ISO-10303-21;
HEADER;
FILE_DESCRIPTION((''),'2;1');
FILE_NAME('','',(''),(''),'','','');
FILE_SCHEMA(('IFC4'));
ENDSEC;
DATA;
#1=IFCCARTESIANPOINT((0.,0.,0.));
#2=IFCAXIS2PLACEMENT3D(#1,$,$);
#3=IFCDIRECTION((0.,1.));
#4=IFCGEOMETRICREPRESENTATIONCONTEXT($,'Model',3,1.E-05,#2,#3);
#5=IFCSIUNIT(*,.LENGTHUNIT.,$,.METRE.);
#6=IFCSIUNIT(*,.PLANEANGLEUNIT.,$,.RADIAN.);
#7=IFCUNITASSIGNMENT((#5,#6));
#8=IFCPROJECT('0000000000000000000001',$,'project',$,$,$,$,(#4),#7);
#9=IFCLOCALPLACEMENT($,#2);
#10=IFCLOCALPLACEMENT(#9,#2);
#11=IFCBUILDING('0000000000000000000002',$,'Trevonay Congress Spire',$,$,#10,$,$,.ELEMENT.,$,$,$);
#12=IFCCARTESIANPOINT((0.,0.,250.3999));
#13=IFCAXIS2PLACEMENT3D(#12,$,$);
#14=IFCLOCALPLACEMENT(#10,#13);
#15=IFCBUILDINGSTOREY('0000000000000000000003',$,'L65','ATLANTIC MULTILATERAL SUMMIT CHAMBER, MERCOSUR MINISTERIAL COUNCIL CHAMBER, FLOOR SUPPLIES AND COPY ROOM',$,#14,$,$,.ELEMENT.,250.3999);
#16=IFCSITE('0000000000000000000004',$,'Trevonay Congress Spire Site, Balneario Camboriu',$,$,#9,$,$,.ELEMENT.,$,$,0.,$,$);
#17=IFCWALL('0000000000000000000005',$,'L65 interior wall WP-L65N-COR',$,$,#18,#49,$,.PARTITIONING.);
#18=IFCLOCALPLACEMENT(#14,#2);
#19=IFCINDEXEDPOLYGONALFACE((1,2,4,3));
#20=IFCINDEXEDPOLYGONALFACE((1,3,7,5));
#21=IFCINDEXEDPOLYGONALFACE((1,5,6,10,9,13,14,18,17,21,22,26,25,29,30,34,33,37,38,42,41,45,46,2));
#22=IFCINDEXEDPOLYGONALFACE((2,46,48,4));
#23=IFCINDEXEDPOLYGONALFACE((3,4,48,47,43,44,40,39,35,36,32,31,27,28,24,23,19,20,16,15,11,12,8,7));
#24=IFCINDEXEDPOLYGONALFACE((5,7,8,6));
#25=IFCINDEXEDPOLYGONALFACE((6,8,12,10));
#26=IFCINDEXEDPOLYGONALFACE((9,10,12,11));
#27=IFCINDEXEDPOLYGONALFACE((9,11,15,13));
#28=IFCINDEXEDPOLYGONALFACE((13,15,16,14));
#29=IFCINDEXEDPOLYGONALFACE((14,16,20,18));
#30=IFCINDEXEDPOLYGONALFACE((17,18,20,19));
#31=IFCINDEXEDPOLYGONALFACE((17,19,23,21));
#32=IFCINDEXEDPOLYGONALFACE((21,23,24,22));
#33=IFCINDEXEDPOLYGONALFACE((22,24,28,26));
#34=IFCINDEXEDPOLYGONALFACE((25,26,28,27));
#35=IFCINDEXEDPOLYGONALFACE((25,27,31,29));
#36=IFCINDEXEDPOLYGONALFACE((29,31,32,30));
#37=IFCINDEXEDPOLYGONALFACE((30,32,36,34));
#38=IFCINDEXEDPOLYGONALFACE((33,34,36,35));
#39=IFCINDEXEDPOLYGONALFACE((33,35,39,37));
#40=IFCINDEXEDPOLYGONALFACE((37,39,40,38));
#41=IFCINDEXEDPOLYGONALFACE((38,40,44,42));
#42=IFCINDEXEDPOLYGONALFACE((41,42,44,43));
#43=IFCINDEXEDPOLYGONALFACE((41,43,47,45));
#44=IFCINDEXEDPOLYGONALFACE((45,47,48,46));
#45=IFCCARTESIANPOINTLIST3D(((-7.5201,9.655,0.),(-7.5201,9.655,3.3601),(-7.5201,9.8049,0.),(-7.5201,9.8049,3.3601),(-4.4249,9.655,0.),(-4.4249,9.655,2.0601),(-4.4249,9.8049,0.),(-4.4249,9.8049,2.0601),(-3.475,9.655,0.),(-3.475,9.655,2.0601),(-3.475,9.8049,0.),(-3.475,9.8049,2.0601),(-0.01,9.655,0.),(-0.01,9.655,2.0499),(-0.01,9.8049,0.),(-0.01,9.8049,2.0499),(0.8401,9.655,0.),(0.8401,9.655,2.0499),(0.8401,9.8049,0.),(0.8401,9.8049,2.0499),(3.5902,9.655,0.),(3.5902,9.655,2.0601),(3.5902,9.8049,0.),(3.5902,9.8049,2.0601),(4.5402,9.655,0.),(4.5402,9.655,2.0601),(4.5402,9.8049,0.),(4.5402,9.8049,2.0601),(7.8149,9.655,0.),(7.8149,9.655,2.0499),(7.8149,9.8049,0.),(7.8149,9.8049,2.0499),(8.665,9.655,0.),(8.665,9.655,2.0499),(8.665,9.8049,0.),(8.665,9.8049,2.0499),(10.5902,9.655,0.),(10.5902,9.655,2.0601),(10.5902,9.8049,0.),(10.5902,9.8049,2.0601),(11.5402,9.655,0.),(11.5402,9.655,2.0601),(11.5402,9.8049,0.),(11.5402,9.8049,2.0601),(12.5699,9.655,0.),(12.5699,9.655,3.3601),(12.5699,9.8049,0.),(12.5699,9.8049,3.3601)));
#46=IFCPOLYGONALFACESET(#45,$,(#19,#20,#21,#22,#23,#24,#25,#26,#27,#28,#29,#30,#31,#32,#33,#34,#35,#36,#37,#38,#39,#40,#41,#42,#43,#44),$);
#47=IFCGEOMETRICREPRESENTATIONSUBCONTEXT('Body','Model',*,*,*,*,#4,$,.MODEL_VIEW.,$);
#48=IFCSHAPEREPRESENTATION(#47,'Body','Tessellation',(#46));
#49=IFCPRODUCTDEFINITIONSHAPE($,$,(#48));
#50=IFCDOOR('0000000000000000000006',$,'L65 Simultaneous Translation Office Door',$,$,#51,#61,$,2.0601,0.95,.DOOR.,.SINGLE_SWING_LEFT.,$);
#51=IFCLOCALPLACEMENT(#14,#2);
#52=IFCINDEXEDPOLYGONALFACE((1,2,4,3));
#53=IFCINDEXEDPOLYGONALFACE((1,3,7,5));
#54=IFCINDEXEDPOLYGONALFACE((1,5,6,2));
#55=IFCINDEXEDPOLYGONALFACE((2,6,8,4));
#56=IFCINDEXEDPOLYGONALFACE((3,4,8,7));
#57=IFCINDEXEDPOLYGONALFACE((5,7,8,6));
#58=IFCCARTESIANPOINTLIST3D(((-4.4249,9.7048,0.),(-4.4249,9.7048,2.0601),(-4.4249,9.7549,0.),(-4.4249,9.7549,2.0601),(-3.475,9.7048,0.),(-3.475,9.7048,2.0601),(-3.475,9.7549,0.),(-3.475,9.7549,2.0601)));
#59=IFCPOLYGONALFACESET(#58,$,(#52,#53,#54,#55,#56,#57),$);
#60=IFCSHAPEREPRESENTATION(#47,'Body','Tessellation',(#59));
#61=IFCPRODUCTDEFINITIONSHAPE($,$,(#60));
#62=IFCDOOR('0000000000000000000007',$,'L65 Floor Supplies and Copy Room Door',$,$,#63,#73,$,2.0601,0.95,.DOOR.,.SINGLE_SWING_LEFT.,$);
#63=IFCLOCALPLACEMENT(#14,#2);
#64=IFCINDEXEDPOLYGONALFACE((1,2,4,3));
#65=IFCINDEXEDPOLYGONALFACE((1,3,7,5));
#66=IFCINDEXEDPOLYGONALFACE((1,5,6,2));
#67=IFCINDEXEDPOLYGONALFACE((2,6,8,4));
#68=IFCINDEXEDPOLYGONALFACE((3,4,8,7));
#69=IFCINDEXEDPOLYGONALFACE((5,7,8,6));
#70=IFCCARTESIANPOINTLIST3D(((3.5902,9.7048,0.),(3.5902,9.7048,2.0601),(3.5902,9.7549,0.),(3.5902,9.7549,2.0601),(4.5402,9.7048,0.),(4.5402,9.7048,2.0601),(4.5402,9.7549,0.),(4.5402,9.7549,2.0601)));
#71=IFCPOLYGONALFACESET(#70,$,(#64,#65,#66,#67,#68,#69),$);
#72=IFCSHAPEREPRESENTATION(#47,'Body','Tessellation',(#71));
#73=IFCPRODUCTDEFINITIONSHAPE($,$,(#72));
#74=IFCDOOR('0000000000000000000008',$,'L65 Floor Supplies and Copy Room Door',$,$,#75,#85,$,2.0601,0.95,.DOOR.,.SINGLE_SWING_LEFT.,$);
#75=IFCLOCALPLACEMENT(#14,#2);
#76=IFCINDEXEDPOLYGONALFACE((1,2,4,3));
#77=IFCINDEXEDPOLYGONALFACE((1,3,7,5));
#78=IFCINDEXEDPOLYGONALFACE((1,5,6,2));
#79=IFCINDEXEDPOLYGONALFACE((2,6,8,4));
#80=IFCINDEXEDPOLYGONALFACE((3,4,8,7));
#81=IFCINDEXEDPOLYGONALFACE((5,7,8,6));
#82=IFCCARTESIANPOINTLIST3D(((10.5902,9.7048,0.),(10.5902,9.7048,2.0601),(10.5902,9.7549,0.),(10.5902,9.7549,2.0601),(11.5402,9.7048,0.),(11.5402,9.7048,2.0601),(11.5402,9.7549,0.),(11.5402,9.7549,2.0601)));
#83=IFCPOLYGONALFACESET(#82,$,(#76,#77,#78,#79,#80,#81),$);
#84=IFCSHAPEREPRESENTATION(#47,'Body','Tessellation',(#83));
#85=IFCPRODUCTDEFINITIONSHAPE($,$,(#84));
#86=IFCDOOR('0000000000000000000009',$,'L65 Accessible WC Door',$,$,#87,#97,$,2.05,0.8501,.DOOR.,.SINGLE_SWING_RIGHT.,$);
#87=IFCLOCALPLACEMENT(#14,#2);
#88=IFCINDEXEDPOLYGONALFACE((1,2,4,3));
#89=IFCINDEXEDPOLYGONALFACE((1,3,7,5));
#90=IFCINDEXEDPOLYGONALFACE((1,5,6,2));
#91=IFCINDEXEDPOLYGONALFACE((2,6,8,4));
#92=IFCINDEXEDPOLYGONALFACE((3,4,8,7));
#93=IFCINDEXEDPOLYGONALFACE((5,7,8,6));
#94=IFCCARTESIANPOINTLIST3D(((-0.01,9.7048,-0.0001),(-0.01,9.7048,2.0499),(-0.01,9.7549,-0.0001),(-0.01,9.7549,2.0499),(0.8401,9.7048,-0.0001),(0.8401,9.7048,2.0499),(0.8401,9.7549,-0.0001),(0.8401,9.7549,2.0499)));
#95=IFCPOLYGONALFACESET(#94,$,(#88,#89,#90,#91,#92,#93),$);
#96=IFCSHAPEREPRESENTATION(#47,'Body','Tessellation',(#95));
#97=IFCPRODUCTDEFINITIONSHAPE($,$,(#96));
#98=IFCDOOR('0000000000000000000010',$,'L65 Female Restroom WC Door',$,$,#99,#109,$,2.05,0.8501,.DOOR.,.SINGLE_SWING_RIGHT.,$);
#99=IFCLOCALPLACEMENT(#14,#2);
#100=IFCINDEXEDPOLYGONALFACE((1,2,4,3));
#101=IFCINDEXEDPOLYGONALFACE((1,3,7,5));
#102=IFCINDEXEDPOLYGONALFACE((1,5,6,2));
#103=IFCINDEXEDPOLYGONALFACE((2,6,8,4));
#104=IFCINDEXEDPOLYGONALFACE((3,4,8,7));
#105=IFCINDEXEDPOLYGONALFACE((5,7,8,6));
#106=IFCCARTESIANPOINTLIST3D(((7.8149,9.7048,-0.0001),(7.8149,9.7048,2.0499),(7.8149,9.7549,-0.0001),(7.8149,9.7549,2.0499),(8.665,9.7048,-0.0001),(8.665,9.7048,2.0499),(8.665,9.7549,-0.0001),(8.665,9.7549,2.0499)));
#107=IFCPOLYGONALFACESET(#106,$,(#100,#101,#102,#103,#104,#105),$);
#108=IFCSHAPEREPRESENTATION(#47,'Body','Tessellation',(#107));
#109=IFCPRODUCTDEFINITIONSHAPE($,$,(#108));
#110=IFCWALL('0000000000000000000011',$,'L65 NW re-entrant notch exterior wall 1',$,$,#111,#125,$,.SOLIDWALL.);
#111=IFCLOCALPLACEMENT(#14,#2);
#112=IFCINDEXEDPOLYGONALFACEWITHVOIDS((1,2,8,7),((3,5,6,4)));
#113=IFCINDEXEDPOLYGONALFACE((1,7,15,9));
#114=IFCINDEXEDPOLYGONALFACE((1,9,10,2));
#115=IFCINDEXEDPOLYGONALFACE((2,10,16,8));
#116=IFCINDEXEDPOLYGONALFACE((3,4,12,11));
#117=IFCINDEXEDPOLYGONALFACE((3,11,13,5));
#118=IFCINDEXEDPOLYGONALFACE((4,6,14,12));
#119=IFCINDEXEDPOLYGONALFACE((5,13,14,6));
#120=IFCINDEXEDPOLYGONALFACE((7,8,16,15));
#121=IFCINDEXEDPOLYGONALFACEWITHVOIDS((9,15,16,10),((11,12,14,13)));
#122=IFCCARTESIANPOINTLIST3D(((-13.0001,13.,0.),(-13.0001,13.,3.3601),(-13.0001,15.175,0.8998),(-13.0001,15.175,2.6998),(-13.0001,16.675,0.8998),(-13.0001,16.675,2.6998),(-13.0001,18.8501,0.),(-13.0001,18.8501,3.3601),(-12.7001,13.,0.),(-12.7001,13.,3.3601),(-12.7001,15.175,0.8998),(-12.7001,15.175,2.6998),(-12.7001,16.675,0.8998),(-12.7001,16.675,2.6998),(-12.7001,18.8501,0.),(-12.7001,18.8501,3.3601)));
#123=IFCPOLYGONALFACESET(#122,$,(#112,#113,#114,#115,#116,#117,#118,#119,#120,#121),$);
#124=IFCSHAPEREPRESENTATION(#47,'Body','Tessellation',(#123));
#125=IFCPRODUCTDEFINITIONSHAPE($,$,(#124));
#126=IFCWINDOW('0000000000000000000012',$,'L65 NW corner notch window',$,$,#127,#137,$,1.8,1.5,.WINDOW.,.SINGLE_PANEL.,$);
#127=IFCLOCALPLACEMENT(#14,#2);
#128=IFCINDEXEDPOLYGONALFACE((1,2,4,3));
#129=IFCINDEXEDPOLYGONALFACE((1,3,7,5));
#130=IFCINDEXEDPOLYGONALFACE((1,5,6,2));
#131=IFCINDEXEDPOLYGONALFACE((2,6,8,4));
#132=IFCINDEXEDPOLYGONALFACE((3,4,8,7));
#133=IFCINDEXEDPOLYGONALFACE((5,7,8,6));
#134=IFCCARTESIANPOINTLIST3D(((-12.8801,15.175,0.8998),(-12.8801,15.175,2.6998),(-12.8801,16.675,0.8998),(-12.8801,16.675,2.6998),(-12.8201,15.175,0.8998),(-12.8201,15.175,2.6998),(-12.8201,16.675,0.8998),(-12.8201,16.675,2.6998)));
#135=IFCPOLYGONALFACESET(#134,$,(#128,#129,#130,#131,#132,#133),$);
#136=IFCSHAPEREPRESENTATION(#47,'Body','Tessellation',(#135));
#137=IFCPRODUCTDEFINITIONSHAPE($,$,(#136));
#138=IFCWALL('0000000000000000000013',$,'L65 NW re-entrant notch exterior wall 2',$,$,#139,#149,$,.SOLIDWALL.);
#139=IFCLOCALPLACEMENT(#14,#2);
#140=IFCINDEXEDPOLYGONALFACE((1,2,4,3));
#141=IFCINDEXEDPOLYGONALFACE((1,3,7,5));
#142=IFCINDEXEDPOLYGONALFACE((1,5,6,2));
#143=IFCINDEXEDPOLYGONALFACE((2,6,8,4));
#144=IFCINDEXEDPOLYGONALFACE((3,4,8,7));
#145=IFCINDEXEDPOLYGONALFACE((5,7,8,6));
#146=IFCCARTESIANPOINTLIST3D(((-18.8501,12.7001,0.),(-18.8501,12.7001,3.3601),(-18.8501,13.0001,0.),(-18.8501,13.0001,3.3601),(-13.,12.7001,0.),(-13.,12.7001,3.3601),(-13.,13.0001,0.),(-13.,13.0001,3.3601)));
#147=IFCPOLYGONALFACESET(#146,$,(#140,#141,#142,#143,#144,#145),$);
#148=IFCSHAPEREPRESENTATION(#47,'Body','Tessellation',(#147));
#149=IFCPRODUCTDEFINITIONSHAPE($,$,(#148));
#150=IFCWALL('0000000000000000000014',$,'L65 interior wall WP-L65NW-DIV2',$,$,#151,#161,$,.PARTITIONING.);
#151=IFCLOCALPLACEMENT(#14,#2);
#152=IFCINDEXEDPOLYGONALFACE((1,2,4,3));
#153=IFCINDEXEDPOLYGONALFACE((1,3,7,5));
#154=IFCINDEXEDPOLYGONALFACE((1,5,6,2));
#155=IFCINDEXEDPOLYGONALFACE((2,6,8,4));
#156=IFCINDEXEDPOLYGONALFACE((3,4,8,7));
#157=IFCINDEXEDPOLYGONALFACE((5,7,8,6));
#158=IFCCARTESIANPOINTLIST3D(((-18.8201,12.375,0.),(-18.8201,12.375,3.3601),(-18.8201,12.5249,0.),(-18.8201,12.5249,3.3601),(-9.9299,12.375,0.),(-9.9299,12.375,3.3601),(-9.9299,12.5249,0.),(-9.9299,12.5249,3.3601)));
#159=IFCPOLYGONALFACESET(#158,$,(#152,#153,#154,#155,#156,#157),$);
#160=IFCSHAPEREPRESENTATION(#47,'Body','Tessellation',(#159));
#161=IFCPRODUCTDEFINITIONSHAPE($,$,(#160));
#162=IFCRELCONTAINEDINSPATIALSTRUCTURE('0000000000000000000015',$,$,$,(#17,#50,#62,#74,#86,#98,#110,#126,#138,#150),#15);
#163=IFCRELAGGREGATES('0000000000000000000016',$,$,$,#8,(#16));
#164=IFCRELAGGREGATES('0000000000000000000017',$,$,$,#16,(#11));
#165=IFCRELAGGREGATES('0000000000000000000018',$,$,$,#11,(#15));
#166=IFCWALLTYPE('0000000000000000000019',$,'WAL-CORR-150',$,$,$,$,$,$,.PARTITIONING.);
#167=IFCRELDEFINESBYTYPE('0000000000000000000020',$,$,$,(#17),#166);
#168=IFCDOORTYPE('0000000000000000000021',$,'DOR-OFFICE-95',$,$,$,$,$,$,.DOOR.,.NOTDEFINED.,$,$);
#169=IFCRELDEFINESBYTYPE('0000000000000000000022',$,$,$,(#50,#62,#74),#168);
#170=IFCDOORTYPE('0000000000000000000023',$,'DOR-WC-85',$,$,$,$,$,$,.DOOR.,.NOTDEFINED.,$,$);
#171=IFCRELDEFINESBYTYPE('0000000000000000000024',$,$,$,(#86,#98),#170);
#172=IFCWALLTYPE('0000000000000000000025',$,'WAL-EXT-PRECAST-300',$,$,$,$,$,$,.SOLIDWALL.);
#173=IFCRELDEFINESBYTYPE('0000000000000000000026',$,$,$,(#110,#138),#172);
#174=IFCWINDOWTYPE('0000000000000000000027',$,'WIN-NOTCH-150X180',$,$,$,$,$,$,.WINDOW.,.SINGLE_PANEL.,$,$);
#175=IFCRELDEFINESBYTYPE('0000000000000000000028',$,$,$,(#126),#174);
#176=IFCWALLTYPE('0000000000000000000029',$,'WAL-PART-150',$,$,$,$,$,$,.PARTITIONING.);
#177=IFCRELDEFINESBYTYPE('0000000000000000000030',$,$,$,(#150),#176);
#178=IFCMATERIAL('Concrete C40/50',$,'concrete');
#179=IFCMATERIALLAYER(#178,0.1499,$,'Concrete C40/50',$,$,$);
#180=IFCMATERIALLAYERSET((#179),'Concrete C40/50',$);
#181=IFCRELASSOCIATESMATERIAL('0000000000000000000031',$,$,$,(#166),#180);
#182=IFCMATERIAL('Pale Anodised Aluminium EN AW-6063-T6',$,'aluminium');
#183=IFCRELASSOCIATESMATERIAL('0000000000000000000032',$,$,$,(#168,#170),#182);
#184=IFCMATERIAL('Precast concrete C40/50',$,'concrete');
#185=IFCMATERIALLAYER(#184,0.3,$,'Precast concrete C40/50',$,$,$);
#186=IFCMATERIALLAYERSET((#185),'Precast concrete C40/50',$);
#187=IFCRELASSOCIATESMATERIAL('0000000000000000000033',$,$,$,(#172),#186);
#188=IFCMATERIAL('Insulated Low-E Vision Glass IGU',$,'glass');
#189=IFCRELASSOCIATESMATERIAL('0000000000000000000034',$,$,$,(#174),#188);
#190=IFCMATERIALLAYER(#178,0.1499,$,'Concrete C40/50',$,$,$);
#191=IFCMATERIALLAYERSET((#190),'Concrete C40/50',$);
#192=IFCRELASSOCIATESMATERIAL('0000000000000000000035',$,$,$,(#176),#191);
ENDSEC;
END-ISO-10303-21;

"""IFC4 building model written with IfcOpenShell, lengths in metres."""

from ifc_helpers import new_model, si_unit, direction, frame, frame_2d, origin, place, context, subcontext, project, spatial, rectangle, extrude, material, layer, layer_set, type_object, element, fill, save


model = new_model("IFC4")

# Units and contexts
model_context = context("Model", 3, precision=1e-05, world=origin(), true_north=direction((0.0, 1.0)))
body_context = subcontext(model_context, "Body", "Model", "MODEL_VIEW")
ifc_project = project(units=[si_unit("LENGTHUNIT", "METRE"), si_unit("PLANEANGLEUNIT", "RADIAN")], contexts=[model_context])

# Site, building, storey
site_placement = place(None, origin())
site = spatial("IfcSite", under=ifc_project, at=site_placement, Name="Trevonay Congress Spire Site, Balneario Camboriu", CompositionType="ELEMENT", RefElevation=0.0)
building_placement = place(site_placement, origin())
building = spatial("IfcBuilding", under=site, at=building_placement, Name="Trevonay Congress Spire", CompositionType="ELEMENT")
storey_placement = place(building_placement, frame((0.0, 0.0, 250.3999)))
storey = spatial("IfcBuildingStorey", under=building, at=storey_placement, Name="L65", Description="ATLANTIC MULTILATERAL SUMMIT CHAMBER, MERCOSUR MINISTERIAL COUNCIL CHAMBER, FLOOR SUPPLIES AND COPY ROOM", CompositionType="ELEMENT", Elevation=250.3999)

# Shared definitions
ifc_material_1 = material(Name="Pale Anodised Aluminium EN AW-6063-T6", Category="aluminium")

# Shared definitions
ifc_material_2 = material(Name="Insulated Low-E Vision Glass IGU", Category="glass")

# Wall, openings, doors
ifc_material_3 = material(Name="Concrete C40/50", Category="concrete")
ifc_layer_1 = layer(ifc_material_3, 0.1499, Name="Concrete C40/50")
ifc_layer_set_1 = layer_set([ifc_layer_1], Name="Concrete C40/50")
wall_type_1 = type_object("IfcWallType", Name="WAL-CORR-150", PredefinedType="PARTITIONING", material=ifc_layer_set_1)
wall_1_placement = place(storey_placement, frame((-7.52, 9.73, 0.0), z_axis=(0.0, 0.0, 1.0), x_axis=(1.0, 0.0, 0.0)))
wall_1 = element("IfcWall", 1, at=wall_1_placement, inside=storey, type_object=wall_type_1, Name="L65 interior wall WP-L65N-COR", PredefinedType="PARTITIONING", context=body_context, shape_type="SweptSolid", body=[
    extrude(rectangle(XDim=20.0901, YDim=0.1499, at=frame_2d((10.0449, 0.0))), origin(), (0.0, 0.0, 1.0), 3.3601),
])
opening_1_placement = place(wall_1_placement, frame((3.095, 0.0, 0.0)))
opening_1 = element("IfcOpeningElement", 2, at=opening_1_placement, cuts=wall_1, PredefinedType="OPENING", context=body_context, shape_type="SweptSolid", body=[
    extrude(rectangle(XDim=0.95, YDim=2.0601, at=frame_2d((0.4751, 1.03))), frame((0.0, 0.085, 0.0), z_axis=(0.0, -1.0, 0.0), x_axis=(1.0, 0.0, 0.0)), (0.0, 0.0, 1.0), 0.1699),
])
opening_2_placement = place(wall_1_placement, frame((7.51, 0.0, 0.0)))
opening_2 = element("IfcOpeningElement", 3, at=opening_2_placement, cuts=wall_1, PredefinedType="OPENING", context=body_context, shape_type="SweptSolid", body=[
    extrude(rectangle(XDim=0.8501, YDim=2.05, at=frame_2d((0.425, 1.0249))), frame((0.0, 0.085, 0.0), z_axis=(0.0, -1.0, 0.0), x_axis=(1.0, 0.0, 0.0)), (0.0, 0.0, 1.0), 0.1699),
])
opening_3_placement = place(wall_1_placement, frame((11.1101, 0.0, 0.0)))
opening_3 = element("IfcOpeningElement", 4, at=opening_3_placement, cuts=wall_1, PredefinedType="OPENING", context=body_context, shape_type="SweptSolid", body=[
    extrude(rectangle(XDim=0.95, YDim=2.0601, at=frame_2d((0.4751, 1.03))), frame((0.0, 0.085, 0.0), z_axis=(0.0, -1.0, 0.0), x_axis=(1.0, 0.0, 0.0)), (0.0, 0.0, 1.0), 0.1699),
])
opening_4_placement = place(wall_1_placement, frame((15.335, 0.0, 0.0)))
opening_4 = element("IfcOpeningElement", 5, at=opening_4_placement, cuts=wall_1, PredefinedType="OPENING", context=body_context, shape_type="SweptSolid", body=[
    extrude(rectangle(XDim=0.8501, YDim=2.05, at=frame_2d((0.425, 1.0249))), frame((0.0, 0.085, 0.0), z_axis=(0.0, -1.0, 0.0), x_axis=(1.0, 0.0, 0.0)), (0.0, 0.0, 1.0), 0.1699),
])
opening_5_placement = place(wall_1_placement, frame((18.1101, 0.0, 0.0)))
opening_5 = element("IfcOpeningElement", 6, at=opening_5_placement, cuts=wall_1, PredefinedType="OPENING", context=body_context, shape_type="SweptSolid", body=[
    extrude(rectangle(XDim=0.95, YDim=2.0601, at=frame_2d((0.4751, 1.03))), frame((0.0, 0.085, 0.0), z_axis=(0.0, -1.0, 0.0), x_axis=(1.0, 0.0, 0.0)), (0.0, 0.0, 1.0), 0.1699),
])
door_type_1 = type_object("IfcDoorType", Name="DOR-OFFICE-95", OperationType="NOTDEFINED", PredefinedType="DOOR", material=ifc_material_1)
door_1_placement = place(opening_1_placement, origin())
door_1 = element("IfcDoor", 7, at=door_1_placement, inside=storey, type_object=door_type_1, Name="L65 Simultaneous Translation Office Door", OperationType="SINGLE_SWING_LEFT", OverallHeight=2.0601, OverallWidth=0.95, PredefinedType="DOOR", context=body_context, shape_type="SweptSolid", body=[
    extrude(rectangle(XDim=0.95, YDim=2.0601, at=frame_2d((0.4751, 1.03))), frame((0.0, 0.0249, 0.0), z_axis=(0.0, -1.0, 0.0), x_axis=(1.0, 0.0, 0.0)), (0.0, 0.0, 1.0), 0.05),
])
fill(opening_1, door_1)
door_2_placement = place(opening_3_placement, origin())
door_2 = element("IfcDoor", 8, at=door_2_placement, inside=storey, type_object=door_type_1, Name="L65 Floor Supplies and Copy Room Door", OperationType="SINGLE_SWING_LEFT", OverallHeight=2.0601, OverallWidth=0.95, PredefinedType="DOOR", context=body_context, shape_type="SweptSolid", body=[
    extrude(rectangle(XDim=0.95, YDim=2.0601, at=frame_2d((0.4751, 1.03))), frame((0.0, 0.0249, 0.0), z_axis=(0.0, -1.0, 0.0), x_axis=(1.0, 0.0, 0.0)), (0.0, 0.0, 1.0), 0.05),
])
fill(opening_3, door_2)
door_3_placement = place(opening_5_placement, origin())
door_3 = element("IfcDoor", 9, at=door_3_placement, inside=storey, type_object=door_type_1, Name="L65 Floor Supplies and Copy Room Door", OperationType="SINGLE_SWING_LEFT", OverallHeight=2.0601, OverallWidth=0.95, PredefinedType="DOOR", context=body_context, shape_type="SweptSolid", body=[
    extrude(rectangle(XDim=0.95, YDim=2.0601, at=frame_2d((0.4751, 1.03))), frame((0.0, 0.0249, 0.0), z_axis=(0.0, -1.0, 0.0), x_axis=(1.0, 0.0, 0.0)), (0.0, 0.0, 1.0), 0.05),
])
fill(opening_5, door_3)
door_type_2 = type_object("IfcDoorType", Name="DOR-WC-85", OperationType="NOTDEFINED", PredefinedType="DOOR", material=ifc_material_1)
door_4_placement = place(opening_2_placement, origin())
door_4 = element("IfcDoor", 10, at=door_4_placement, inside=storey, type_object=door_type_2, Name="L65 Accessible WC Door", OperationType="SINGLE_SWING_RIGHT", OverallHeight=2.05, OverallWidth=0.8501, PredefinedType="DOOR", context=body_context, shape_type="SweptSolid", body=[
    extrude(rectangle(XDim=0.8501, YDim=2.05, at=frame_2d((0.425, 1.0249))), frame((0.0, 0.0249, 0.0), z_axis=(0.0, -1.0, 0.0), x_axis=(1.0, 0.0, 0.0)), (0.0, 0.0, 1.0), 0.05),
])
fill(opening_2, door_4)
door_5_placement = place(opening_4_placement, origin())
door_5 = element("IfcDoor", 11, at=door_5_placement, inside=storey, type_object=door_type_2, Name="L65 Female Restroom WC Door", OperationType="SINGLE_SWING_RIGHT", OverallHeight=2.05, OverallWidth=0.8501, PredefinedType="DOOR", context=body_context, shape_type="SweptSolid", body=[
    extrude(rectangle(XDim=0.8501, YDim=2.05, at=frame_2d((0.425, 1.0249))), frame((0.0, 0.0249, 0.0), z_axis=(0.0, -1.0, 0.0), x_axis=(1.0, 0.0, 0.0)), (0.0, 0.0, 1.0), 0.05),
])
fill(opening_4, door_5)

# Wall, opening, window
ifc_material_4 = material(Name="Precast concrete C40/50", Category="concrete")
ifc_layer_2 = layer(ifc_material_4, 0.3, Name="Precast concrete C40/50")
ifc_layer_set_2 = layer_set([ifc_layer_2], Name="Precast concrete C40/50")
wall_type_2 = type_object("IfcWallType", Name="WAL-EXT-PRECAST-300", PredefinedType="SOLIDWALL", material=ifc_layer_set_2)
wall_2_placement = place(storey_placement, frame((-12.8501, 18.8501, 0.0), z_axis=(0.0, 0.0, 1.0), x_axis=(0.0, -1.0, 0.0)))
wall_2 = element("IfcWall", 12, at=wall_2_placement, inside=storey, type_object=wall_type_2, Name="L65 NW re-entrant notch exterior wall 1", PredefinedType="SOLIDWALL", context=body_context, shape_type="SweptSolid", body=[
    extrude(rectangle(XDim=5.8501, YDim=0.3, at=frame_2d((2.925, 0.0))), origin(), (0.0, 0.0, 1.0), 3.3601),
])
opening_6_placement = place(wall_2_placement, frame((2.175, 0.0, 0.8999)))
opening_6 = element("IfcOpeningElement", 13, at=opening_6_placement, cuts=wall_2, PredefinedType="OPENING", context=body_context, shape_type="SweptSolid", body=[
    extrude(rectangle(XDim=1.5, YDim=1.8, at=frame_2d((0.75, 0.8999))), frame((0.0, 0.1602, 0.0), z_axis=(0.0, -1.0, 0.0), x_axis=(1.0, 0.0, 0.0)), (0.0, 0.0, 1.0), 0.3201),
])
window_type = type_object("IfcWindowType", Name="WIN-NOTCH-150X180", PartitioningType="SINGLE_PANEL", PredefinedType="WINDOW", material=ifc_material_2)
window_placement = place(opening_6_placement, origin())
window = element("IfcWindow", 14, at=window_placement, inside=storey, type_object=window_type, Name="L65 NW corner notch window", OverallHeight=1.8, OverallWidth=1.5, PartitioningType="SINGLE_PANEL", PredefinedType="WINDOW", context=body_context, shape_type="SweptSolid", body=[
    extrude(rectangle(XDim=1.5, YDim=1.8, at=frame_2d((0.75, 0.8999))), frame((0.0, 0.03, 0.0), z_axis=(0.0, -1.0, 0.0), x_axis=(1.0, 0.0, 0.0)), (0.0, 0.0, 1.0), 0.0601),
])
fill(opening_6, window)

# Walls
wall_3_placement = place(storey_placement, frame((-18.8501, 12.8501, 0.0), z_axis=(0.0, 0.0, 1.0), x_axis=(1.0, 0.0, 0.0)))
element("IfcWall", 15, at=wall_3_placement, inside=storey, type_object=wall_type_2, Name="L65 NW re-entrant notch exterior wall 2", PredefinedType="SOLIDWALL", context=body_context, shape_type="SweptSolid", body=[
    extrude(rectangle(XDim=5.8501, YDim=0.3, at=frame_2d((2.925, 0.0))), origin(), (0.0, 0.0, 1.0), 3.3601),
])
ifc_layer_3 = layer(ifc_material_3, 0.1499, Name="Concrete C40/50")
ifc_layer_set_3 = layer_set([ifc_layer_3], Name="Concrete C40/50")
wall_type_3 = type_object("IfcWallType", Name="WAL-PART-150", PredefinedType="PARTITIONING", material=ifc_layer_set_3)
wall_4_placement = place(storey_placement, frame((-18.8201, 12.45, 0.0), z_axis=(0.0, 0.0, 1.0), x_axis=(1.0, 0.0, 0.0)))
element("IfcWall", 16, at=wall_4_placement, inside=storey, type_object=wall_type_3, Name="L65 interior wall WP-L65NW-DIV2", PredefinedType="PARTITIONING", context=body_context, shape_type="SweptSolid", body=[
    extrude(rectangle(XDim=8.8901, YDim=0.1499, at=frame_2d((4.4451, 0.0))), origin(), (0.0, 0.0, 1.0), 3.3601),
])

save(model, "model.ifc")
